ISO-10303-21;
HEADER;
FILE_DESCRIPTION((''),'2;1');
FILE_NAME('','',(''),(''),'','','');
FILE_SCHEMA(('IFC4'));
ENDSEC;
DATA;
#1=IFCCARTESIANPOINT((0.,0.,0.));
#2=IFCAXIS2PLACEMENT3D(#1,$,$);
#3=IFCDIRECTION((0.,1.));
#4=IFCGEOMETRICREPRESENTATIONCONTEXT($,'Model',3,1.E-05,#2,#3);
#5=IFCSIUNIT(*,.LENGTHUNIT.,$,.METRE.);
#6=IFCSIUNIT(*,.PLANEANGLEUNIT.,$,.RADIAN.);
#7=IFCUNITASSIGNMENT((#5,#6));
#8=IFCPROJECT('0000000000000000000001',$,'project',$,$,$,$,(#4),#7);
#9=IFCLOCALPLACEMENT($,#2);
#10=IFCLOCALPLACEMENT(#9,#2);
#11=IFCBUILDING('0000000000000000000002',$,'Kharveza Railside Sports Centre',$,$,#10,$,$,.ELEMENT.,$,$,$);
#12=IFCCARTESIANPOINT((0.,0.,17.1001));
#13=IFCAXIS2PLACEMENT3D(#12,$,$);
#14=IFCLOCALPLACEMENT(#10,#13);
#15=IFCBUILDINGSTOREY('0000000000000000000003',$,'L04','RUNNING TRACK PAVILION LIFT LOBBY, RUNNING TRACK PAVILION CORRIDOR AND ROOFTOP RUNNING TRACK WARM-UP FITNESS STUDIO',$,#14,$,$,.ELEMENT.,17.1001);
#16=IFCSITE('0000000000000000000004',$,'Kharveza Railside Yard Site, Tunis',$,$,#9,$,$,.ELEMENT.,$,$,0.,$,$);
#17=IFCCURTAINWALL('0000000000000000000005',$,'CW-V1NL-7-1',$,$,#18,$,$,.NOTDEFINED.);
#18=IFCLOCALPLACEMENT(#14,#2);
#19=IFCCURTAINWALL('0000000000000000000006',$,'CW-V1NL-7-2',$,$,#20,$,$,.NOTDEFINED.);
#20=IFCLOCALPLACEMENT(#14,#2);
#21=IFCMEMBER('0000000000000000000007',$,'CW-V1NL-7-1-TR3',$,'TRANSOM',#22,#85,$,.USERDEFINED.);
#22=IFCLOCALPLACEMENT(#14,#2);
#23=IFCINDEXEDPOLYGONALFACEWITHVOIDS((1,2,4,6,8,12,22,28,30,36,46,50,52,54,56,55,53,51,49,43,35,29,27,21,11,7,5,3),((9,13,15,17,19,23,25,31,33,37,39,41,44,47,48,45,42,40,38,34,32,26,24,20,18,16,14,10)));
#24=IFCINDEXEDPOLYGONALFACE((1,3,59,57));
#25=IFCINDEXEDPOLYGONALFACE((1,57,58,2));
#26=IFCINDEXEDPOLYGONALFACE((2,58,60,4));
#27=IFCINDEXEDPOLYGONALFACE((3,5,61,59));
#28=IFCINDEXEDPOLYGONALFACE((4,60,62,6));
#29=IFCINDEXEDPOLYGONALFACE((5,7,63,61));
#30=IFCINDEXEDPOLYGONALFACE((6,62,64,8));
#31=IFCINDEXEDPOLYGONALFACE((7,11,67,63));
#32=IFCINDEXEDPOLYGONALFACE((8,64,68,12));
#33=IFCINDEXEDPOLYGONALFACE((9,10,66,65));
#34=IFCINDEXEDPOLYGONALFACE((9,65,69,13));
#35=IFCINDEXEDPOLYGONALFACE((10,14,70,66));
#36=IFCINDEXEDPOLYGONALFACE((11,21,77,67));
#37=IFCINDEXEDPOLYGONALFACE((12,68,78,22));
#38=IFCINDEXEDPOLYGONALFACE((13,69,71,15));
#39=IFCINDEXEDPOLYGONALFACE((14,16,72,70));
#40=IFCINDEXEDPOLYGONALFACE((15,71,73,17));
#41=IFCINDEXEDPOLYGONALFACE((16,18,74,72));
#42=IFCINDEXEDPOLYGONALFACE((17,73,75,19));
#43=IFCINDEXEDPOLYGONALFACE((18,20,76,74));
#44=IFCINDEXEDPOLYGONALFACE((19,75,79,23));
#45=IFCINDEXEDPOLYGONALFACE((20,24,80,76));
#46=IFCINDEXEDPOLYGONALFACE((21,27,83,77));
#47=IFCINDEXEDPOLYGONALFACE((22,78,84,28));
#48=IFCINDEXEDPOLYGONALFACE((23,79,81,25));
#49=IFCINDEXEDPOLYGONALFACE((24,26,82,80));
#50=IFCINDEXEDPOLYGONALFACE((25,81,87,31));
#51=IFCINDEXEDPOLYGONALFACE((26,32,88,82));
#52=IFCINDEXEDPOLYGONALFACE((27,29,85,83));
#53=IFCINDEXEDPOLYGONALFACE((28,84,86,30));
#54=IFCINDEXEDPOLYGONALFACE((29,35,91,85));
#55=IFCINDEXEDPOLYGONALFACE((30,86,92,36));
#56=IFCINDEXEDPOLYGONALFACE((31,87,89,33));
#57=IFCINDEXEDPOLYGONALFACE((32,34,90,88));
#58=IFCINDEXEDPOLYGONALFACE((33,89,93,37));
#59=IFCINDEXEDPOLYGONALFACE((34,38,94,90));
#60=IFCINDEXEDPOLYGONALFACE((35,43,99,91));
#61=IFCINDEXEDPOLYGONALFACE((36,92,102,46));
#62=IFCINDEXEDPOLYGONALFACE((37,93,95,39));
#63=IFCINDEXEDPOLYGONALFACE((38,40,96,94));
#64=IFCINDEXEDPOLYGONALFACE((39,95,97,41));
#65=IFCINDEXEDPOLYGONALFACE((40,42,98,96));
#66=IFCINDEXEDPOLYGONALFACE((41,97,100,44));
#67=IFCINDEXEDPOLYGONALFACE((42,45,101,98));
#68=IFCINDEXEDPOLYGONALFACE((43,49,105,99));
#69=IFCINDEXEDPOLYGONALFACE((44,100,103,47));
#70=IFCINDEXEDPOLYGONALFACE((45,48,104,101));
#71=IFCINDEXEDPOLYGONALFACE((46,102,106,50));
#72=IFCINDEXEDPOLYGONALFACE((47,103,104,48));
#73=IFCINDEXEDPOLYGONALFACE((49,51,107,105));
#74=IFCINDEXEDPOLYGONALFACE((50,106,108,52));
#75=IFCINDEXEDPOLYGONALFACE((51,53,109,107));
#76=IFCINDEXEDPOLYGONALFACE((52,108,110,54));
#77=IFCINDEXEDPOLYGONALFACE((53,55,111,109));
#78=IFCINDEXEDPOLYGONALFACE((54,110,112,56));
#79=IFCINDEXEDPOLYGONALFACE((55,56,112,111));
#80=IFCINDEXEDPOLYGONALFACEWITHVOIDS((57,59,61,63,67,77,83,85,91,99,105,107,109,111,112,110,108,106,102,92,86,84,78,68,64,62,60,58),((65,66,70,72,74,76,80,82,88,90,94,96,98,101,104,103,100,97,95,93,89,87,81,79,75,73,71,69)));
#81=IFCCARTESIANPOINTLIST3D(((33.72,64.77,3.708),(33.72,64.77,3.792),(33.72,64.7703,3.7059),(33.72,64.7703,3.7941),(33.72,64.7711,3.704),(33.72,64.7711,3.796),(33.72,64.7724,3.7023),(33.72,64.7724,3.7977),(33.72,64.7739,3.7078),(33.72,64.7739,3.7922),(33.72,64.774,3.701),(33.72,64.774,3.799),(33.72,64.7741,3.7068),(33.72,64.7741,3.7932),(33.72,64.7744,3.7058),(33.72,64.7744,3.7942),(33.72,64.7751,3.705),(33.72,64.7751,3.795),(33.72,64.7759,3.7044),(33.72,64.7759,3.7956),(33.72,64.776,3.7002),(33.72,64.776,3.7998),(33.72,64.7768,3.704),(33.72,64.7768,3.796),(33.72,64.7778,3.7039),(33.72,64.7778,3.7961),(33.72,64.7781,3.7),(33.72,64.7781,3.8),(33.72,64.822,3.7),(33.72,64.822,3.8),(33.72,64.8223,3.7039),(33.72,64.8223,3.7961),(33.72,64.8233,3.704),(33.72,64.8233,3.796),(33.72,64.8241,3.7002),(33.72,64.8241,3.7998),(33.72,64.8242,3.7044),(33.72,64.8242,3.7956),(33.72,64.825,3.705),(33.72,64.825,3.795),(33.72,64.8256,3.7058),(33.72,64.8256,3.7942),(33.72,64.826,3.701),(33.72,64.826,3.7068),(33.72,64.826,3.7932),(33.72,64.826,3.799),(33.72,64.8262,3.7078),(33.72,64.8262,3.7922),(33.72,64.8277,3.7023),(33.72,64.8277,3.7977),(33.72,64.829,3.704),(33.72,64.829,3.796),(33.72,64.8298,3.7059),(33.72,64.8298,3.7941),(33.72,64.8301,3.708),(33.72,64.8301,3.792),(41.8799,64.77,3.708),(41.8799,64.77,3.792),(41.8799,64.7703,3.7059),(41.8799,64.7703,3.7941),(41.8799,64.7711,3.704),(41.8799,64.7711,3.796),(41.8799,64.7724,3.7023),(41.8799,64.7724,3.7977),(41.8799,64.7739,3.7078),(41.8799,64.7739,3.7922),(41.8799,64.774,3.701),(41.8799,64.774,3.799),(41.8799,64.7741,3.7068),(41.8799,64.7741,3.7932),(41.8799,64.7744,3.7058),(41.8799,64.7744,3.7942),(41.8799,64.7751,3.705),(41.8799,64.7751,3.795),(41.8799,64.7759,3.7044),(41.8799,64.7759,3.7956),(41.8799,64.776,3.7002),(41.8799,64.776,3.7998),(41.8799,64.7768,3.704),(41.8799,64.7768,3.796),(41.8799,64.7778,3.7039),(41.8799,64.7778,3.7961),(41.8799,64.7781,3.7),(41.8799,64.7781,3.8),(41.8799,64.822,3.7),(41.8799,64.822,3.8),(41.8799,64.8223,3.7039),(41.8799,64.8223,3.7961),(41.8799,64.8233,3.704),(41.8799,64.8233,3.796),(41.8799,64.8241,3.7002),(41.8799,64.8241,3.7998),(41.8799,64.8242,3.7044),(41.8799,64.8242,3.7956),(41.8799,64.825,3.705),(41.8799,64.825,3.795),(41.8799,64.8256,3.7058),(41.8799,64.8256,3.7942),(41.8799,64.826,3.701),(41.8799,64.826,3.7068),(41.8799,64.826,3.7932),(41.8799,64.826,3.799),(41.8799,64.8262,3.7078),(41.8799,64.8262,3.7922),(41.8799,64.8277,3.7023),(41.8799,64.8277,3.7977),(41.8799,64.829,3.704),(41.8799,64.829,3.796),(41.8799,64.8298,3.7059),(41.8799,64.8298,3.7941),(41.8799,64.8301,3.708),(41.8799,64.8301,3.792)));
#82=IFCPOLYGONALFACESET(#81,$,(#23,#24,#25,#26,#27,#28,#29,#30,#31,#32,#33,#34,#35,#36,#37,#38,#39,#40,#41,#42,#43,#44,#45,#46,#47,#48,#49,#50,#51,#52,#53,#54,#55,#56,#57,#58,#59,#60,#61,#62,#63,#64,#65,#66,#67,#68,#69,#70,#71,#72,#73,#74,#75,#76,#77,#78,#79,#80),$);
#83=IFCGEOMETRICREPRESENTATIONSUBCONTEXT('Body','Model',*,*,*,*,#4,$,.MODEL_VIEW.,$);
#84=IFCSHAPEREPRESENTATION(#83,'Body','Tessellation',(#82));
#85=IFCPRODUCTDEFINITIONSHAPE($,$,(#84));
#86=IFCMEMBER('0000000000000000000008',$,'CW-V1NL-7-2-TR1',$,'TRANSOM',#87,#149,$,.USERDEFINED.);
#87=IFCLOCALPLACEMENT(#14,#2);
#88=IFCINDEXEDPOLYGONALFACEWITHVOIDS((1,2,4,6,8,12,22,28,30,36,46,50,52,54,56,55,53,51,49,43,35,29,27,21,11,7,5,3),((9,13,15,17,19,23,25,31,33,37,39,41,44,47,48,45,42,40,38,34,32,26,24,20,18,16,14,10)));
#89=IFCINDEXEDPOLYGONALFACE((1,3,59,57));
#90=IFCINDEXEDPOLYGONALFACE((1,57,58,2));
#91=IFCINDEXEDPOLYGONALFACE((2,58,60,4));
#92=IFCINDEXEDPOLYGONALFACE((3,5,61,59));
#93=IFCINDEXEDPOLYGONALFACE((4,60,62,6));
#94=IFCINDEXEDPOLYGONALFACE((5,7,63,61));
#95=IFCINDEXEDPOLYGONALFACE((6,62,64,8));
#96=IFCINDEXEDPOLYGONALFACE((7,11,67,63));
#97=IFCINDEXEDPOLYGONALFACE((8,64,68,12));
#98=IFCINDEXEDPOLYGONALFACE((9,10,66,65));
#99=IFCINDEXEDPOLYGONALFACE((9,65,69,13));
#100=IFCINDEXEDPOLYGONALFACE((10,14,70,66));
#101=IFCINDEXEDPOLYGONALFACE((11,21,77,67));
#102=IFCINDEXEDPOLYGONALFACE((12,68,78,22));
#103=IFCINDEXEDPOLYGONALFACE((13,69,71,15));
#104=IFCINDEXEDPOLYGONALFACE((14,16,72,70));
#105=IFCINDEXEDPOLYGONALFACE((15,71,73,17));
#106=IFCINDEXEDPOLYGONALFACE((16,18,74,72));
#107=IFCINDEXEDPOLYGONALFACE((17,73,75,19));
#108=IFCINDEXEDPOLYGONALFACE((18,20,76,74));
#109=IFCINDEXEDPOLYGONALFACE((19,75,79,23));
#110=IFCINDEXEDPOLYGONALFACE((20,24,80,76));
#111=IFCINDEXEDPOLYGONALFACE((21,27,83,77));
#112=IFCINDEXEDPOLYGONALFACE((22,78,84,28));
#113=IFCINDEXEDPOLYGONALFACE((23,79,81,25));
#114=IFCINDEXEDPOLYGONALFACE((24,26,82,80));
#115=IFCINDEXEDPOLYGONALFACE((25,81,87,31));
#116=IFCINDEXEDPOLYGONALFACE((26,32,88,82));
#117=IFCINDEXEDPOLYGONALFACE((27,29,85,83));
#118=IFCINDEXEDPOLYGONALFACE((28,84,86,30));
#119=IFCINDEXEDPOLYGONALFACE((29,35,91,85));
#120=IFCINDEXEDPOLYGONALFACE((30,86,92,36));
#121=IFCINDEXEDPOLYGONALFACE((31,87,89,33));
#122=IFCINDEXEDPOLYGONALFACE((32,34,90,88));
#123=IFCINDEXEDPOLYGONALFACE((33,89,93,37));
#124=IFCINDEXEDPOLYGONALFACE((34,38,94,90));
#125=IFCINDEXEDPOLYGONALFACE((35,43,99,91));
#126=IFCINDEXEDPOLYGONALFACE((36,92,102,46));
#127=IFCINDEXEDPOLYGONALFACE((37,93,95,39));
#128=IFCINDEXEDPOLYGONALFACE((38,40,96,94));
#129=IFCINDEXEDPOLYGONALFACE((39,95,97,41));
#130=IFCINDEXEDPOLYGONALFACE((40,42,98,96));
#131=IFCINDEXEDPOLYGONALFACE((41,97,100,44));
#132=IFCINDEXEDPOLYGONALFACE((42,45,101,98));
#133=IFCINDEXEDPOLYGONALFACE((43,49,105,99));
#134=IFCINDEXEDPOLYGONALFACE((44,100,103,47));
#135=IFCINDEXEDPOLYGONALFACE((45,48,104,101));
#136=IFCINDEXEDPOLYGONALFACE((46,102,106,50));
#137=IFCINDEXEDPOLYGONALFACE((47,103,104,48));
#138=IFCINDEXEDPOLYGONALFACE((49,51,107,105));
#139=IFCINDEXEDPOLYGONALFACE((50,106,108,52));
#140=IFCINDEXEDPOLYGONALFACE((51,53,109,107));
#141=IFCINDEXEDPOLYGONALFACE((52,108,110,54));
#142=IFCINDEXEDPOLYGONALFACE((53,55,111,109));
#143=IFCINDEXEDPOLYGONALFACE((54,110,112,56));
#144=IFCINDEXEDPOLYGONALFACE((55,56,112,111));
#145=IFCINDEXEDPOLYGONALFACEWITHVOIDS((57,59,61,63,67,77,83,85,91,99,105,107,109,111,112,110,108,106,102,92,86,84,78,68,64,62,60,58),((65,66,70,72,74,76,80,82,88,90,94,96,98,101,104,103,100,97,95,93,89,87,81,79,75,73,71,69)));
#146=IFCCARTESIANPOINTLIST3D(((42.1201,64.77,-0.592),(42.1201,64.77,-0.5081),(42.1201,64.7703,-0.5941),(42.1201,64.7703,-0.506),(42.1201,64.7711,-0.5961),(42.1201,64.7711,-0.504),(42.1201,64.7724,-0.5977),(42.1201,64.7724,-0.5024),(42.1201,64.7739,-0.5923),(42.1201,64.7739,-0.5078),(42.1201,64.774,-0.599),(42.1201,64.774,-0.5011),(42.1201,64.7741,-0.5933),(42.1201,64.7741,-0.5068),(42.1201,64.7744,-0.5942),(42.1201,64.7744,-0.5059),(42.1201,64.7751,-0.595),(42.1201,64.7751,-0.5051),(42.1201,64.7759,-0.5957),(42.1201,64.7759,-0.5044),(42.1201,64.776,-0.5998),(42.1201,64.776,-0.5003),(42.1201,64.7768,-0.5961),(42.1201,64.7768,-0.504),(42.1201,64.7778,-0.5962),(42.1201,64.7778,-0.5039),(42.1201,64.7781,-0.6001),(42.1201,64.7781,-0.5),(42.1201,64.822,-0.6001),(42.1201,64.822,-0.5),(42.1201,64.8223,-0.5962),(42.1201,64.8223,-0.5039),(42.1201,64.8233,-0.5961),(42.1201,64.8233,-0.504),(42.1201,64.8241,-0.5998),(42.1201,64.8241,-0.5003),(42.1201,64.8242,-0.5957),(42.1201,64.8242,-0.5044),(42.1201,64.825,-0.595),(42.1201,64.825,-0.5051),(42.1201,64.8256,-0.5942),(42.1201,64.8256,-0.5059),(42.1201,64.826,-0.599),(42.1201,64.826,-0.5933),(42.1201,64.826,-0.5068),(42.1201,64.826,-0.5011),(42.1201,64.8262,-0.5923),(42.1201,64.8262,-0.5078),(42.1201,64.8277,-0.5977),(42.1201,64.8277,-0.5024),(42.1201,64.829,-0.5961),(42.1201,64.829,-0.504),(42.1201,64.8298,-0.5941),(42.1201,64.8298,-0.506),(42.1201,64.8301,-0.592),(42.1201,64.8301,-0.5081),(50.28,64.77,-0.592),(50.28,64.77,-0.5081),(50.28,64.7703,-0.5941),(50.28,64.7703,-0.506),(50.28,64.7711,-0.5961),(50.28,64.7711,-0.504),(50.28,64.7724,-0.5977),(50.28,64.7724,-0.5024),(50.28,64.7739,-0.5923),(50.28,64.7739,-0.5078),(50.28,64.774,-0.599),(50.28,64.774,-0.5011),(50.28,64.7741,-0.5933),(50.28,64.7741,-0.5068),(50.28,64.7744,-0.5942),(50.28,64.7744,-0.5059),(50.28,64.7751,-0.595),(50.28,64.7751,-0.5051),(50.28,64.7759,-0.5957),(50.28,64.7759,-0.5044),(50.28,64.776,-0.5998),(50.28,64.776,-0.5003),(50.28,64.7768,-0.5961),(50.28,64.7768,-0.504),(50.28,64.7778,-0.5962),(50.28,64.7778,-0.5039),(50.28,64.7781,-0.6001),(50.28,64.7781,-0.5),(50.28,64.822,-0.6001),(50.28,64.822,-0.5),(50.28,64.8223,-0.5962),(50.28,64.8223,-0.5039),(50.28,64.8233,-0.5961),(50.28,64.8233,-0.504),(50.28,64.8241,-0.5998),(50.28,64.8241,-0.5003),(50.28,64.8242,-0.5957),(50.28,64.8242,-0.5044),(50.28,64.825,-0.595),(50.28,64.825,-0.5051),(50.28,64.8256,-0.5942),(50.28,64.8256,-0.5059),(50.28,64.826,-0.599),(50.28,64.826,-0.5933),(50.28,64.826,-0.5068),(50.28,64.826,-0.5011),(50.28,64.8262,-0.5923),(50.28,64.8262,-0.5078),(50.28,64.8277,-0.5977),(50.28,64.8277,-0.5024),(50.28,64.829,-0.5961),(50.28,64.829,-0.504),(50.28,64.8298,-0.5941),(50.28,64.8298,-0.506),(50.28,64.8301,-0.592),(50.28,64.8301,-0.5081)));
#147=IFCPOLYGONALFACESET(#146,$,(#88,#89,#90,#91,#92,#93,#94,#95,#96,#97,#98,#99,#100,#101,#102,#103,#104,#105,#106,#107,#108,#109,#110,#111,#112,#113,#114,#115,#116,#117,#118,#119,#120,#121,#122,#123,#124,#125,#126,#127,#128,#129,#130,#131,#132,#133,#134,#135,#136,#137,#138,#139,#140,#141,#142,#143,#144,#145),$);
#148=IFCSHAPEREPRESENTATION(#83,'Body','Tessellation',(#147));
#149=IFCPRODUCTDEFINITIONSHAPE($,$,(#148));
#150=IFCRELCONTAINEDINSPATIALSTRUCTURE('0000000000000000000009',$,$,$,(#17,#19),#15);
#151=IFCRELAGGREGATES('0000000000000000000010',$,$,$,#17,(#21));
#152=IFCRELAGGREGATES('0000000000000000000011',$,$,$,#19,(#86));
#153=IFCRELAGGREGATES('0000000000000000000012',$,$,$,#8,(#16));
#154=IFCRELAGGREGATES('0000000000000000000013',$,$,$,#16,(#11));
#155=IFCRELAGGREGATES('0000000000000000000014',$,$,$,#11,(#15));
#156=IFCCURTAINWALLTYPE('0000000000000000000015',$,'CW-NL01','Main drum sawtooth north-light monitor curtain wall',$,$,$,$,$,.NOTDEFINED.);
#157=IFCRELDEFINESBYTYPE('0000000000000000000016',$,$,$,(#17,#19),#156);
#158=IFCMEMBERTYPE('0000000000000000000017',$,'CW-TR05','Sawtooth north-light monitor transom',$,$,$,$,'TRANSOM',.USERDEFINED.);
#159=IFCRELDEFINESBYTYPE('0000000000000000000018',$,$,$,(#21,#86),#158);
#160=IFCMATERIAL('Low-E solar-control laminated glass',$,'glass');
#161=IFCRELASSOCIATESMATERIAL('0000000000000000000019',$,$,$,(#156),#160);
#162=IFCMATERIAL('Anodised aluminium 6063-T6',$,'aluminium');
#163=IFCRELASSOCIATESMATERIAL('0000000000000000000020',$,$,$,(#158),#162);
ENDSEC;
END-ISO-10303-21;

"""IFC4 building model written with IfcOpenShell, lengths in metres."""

from ifc_helpers import new_model, si_unit, direction, frame, origin, origin_2d, place, context, subcontext, project, spatial, hollow_rectangle, extrude, material, material_profile, profile_set, type_object, element, aggregate, save


model = new_model("IFC4")

# Units and contexts
model_context = context("Model", 3, precision=1e-05, world=origin(), true_north=direction((0.0, 1.0)))
body_context = subcontext(model_context, "Body", "Model", "MODEL_VIEW")
ifc_project = project(units=[si_unit("LENGTHUNIT", "METRE"), si_unit("PLANEANGLEUNIT", "RADIAN")], contexts=[model_context])

# Site, building, storey
site_placement = place(None, origin())
site = spatial("IfcSite", under=ifc_project, at=site_placement, Name="Kharveza Railside Yard Site, Tunis", CompositionType="ELEMENT", RefElevation=0.0)
building_placement = place(site_placement, origin())
building = spatial("IfcBuilding", under=site, at=building_placement, Name="Kharveza Railside Sports Centre", CompositionType="ELEMENT")
storey_placement = place(building_placement, frame((0.0, 0.0, 17.1001)))
storey = spatial("IfcBuildingStorey", under=building, at=storey_placement, Name="L04", Description="RUNNING TRACK PAVILION LIFT LOBBY, RUNNING TRACK PAVILION CORRIDOR AND ROOFTOP RUNNING TRACK WARM-UP FITNESS STUDIO", CompositionType="ELEMENT", Elevation=17.1001)

# Curtain walls
ifc_material_1 = material(Name="Low-E solar-control laminated glass", Category="glass")
curtain_wall_type = type_object("IfcCurtainWallType", Name="CW-NL01", Description="Main drum sawtooth north-light monitor curtain wall", PredefinedType="NOTDEFINED", material=ifc_material_1)
curtain_wall_1_placement = place(storey_placement, origin())
curtain_wall_1 = element("IfcCurtainWall", 1, at=curtain_wall_1_placement, inside=storey, type_object=curtain_wall_type, Name="CW-V1NL-7-1", PredefinedType="NOTDEFINED")
ifc_material_2 = material(Name="Anodised aluminium 6063-T6", Category="aluminium")
curtain_wall_2_placement = place(storey_placement, origin())
curtain_wall_2 = element("IfcCurtainWall", 2, at=curtain_wall_2_placement, inside=storey, type_object=curtain_wall_type, Name="CW-V1NL-7-2", PredefinedType="NOTDEFINED")

# Members
ifc_material_profile_1 = material_profile(ifc_material_2, hollow_rectangle(XDim=0.0601, YDim=0.1001, WallThickness=0.0039, InnerFilletRadius=0.0039, OuterFilletRadius=0.0081, at=origin_2d()), Name="RHS 60x100x4.0")
ifc_profile_set_1 = profile_set([ifc_material_profile_1], Name="Anodised aluminium 6063-T6")
member_type_1 = type_object("IfcMemberType", Name="CW-TR05", Description="Sawtooth north-light monitor transom", ElementType="TRANSOM", PredefinedType="USERDEFINED", material=ifc_profile_set_1)
member_1_placement = place(storey_placement, frame((33.72, 64.8, 3.75), z_axis=(1.0, 0.0, 0.0), x_axis=(0.0, 1.0, 0.0)))
member_1 = element("IfcMember", 3, at=member_1_placement, type_object=member_type_1, Name="CW-V1NL-7-1-TR3", ObjectType="TRANSOM", PredefinedType="USERDEFINED", context=body_context, shape_type="SweptSolid", body=[
    extrude(hollow_rectangle(XDim=0.0601, YDim=0.1001, WallThickness=0.0039, InnerFilletRadius=0.0039, OuterFilletRadius=0.0081, at=origin_2d()), origin(), (0.0, 0.0, 1.0), 8.1599),
])
member_2_placement = place(storey_placement, frame((42.1201, 64.8, -0.55), z_axis=(1.0, 0.0, 0.0), x_axis=(0.0, 1.0, 0.0)))
member_2 = element("IfcMember", 4, at=member_2_placement, type_object=member_type_1, Name="CW-V1NL-7-2-TR1", ObjectType="TRANSOM", PredefinedType="USERDEFINED", context=body_context, shape_type="SweptSolid", body=[
    extrude(hollow_rectangle(XDim=0.0601, YDim=0.1001, WallThickness=0.0039, InnerFilletRadius=0.0039, OuterFilletRadius=0.0081, at=origin_2d()), origin(), (0.0, 0.0, 1.0), 8.1599),
])

aggregate(curtain_wall_1, [member_1])
aggregate(curtain_wall_2, [member_2])

save(model, "model.ifc")
